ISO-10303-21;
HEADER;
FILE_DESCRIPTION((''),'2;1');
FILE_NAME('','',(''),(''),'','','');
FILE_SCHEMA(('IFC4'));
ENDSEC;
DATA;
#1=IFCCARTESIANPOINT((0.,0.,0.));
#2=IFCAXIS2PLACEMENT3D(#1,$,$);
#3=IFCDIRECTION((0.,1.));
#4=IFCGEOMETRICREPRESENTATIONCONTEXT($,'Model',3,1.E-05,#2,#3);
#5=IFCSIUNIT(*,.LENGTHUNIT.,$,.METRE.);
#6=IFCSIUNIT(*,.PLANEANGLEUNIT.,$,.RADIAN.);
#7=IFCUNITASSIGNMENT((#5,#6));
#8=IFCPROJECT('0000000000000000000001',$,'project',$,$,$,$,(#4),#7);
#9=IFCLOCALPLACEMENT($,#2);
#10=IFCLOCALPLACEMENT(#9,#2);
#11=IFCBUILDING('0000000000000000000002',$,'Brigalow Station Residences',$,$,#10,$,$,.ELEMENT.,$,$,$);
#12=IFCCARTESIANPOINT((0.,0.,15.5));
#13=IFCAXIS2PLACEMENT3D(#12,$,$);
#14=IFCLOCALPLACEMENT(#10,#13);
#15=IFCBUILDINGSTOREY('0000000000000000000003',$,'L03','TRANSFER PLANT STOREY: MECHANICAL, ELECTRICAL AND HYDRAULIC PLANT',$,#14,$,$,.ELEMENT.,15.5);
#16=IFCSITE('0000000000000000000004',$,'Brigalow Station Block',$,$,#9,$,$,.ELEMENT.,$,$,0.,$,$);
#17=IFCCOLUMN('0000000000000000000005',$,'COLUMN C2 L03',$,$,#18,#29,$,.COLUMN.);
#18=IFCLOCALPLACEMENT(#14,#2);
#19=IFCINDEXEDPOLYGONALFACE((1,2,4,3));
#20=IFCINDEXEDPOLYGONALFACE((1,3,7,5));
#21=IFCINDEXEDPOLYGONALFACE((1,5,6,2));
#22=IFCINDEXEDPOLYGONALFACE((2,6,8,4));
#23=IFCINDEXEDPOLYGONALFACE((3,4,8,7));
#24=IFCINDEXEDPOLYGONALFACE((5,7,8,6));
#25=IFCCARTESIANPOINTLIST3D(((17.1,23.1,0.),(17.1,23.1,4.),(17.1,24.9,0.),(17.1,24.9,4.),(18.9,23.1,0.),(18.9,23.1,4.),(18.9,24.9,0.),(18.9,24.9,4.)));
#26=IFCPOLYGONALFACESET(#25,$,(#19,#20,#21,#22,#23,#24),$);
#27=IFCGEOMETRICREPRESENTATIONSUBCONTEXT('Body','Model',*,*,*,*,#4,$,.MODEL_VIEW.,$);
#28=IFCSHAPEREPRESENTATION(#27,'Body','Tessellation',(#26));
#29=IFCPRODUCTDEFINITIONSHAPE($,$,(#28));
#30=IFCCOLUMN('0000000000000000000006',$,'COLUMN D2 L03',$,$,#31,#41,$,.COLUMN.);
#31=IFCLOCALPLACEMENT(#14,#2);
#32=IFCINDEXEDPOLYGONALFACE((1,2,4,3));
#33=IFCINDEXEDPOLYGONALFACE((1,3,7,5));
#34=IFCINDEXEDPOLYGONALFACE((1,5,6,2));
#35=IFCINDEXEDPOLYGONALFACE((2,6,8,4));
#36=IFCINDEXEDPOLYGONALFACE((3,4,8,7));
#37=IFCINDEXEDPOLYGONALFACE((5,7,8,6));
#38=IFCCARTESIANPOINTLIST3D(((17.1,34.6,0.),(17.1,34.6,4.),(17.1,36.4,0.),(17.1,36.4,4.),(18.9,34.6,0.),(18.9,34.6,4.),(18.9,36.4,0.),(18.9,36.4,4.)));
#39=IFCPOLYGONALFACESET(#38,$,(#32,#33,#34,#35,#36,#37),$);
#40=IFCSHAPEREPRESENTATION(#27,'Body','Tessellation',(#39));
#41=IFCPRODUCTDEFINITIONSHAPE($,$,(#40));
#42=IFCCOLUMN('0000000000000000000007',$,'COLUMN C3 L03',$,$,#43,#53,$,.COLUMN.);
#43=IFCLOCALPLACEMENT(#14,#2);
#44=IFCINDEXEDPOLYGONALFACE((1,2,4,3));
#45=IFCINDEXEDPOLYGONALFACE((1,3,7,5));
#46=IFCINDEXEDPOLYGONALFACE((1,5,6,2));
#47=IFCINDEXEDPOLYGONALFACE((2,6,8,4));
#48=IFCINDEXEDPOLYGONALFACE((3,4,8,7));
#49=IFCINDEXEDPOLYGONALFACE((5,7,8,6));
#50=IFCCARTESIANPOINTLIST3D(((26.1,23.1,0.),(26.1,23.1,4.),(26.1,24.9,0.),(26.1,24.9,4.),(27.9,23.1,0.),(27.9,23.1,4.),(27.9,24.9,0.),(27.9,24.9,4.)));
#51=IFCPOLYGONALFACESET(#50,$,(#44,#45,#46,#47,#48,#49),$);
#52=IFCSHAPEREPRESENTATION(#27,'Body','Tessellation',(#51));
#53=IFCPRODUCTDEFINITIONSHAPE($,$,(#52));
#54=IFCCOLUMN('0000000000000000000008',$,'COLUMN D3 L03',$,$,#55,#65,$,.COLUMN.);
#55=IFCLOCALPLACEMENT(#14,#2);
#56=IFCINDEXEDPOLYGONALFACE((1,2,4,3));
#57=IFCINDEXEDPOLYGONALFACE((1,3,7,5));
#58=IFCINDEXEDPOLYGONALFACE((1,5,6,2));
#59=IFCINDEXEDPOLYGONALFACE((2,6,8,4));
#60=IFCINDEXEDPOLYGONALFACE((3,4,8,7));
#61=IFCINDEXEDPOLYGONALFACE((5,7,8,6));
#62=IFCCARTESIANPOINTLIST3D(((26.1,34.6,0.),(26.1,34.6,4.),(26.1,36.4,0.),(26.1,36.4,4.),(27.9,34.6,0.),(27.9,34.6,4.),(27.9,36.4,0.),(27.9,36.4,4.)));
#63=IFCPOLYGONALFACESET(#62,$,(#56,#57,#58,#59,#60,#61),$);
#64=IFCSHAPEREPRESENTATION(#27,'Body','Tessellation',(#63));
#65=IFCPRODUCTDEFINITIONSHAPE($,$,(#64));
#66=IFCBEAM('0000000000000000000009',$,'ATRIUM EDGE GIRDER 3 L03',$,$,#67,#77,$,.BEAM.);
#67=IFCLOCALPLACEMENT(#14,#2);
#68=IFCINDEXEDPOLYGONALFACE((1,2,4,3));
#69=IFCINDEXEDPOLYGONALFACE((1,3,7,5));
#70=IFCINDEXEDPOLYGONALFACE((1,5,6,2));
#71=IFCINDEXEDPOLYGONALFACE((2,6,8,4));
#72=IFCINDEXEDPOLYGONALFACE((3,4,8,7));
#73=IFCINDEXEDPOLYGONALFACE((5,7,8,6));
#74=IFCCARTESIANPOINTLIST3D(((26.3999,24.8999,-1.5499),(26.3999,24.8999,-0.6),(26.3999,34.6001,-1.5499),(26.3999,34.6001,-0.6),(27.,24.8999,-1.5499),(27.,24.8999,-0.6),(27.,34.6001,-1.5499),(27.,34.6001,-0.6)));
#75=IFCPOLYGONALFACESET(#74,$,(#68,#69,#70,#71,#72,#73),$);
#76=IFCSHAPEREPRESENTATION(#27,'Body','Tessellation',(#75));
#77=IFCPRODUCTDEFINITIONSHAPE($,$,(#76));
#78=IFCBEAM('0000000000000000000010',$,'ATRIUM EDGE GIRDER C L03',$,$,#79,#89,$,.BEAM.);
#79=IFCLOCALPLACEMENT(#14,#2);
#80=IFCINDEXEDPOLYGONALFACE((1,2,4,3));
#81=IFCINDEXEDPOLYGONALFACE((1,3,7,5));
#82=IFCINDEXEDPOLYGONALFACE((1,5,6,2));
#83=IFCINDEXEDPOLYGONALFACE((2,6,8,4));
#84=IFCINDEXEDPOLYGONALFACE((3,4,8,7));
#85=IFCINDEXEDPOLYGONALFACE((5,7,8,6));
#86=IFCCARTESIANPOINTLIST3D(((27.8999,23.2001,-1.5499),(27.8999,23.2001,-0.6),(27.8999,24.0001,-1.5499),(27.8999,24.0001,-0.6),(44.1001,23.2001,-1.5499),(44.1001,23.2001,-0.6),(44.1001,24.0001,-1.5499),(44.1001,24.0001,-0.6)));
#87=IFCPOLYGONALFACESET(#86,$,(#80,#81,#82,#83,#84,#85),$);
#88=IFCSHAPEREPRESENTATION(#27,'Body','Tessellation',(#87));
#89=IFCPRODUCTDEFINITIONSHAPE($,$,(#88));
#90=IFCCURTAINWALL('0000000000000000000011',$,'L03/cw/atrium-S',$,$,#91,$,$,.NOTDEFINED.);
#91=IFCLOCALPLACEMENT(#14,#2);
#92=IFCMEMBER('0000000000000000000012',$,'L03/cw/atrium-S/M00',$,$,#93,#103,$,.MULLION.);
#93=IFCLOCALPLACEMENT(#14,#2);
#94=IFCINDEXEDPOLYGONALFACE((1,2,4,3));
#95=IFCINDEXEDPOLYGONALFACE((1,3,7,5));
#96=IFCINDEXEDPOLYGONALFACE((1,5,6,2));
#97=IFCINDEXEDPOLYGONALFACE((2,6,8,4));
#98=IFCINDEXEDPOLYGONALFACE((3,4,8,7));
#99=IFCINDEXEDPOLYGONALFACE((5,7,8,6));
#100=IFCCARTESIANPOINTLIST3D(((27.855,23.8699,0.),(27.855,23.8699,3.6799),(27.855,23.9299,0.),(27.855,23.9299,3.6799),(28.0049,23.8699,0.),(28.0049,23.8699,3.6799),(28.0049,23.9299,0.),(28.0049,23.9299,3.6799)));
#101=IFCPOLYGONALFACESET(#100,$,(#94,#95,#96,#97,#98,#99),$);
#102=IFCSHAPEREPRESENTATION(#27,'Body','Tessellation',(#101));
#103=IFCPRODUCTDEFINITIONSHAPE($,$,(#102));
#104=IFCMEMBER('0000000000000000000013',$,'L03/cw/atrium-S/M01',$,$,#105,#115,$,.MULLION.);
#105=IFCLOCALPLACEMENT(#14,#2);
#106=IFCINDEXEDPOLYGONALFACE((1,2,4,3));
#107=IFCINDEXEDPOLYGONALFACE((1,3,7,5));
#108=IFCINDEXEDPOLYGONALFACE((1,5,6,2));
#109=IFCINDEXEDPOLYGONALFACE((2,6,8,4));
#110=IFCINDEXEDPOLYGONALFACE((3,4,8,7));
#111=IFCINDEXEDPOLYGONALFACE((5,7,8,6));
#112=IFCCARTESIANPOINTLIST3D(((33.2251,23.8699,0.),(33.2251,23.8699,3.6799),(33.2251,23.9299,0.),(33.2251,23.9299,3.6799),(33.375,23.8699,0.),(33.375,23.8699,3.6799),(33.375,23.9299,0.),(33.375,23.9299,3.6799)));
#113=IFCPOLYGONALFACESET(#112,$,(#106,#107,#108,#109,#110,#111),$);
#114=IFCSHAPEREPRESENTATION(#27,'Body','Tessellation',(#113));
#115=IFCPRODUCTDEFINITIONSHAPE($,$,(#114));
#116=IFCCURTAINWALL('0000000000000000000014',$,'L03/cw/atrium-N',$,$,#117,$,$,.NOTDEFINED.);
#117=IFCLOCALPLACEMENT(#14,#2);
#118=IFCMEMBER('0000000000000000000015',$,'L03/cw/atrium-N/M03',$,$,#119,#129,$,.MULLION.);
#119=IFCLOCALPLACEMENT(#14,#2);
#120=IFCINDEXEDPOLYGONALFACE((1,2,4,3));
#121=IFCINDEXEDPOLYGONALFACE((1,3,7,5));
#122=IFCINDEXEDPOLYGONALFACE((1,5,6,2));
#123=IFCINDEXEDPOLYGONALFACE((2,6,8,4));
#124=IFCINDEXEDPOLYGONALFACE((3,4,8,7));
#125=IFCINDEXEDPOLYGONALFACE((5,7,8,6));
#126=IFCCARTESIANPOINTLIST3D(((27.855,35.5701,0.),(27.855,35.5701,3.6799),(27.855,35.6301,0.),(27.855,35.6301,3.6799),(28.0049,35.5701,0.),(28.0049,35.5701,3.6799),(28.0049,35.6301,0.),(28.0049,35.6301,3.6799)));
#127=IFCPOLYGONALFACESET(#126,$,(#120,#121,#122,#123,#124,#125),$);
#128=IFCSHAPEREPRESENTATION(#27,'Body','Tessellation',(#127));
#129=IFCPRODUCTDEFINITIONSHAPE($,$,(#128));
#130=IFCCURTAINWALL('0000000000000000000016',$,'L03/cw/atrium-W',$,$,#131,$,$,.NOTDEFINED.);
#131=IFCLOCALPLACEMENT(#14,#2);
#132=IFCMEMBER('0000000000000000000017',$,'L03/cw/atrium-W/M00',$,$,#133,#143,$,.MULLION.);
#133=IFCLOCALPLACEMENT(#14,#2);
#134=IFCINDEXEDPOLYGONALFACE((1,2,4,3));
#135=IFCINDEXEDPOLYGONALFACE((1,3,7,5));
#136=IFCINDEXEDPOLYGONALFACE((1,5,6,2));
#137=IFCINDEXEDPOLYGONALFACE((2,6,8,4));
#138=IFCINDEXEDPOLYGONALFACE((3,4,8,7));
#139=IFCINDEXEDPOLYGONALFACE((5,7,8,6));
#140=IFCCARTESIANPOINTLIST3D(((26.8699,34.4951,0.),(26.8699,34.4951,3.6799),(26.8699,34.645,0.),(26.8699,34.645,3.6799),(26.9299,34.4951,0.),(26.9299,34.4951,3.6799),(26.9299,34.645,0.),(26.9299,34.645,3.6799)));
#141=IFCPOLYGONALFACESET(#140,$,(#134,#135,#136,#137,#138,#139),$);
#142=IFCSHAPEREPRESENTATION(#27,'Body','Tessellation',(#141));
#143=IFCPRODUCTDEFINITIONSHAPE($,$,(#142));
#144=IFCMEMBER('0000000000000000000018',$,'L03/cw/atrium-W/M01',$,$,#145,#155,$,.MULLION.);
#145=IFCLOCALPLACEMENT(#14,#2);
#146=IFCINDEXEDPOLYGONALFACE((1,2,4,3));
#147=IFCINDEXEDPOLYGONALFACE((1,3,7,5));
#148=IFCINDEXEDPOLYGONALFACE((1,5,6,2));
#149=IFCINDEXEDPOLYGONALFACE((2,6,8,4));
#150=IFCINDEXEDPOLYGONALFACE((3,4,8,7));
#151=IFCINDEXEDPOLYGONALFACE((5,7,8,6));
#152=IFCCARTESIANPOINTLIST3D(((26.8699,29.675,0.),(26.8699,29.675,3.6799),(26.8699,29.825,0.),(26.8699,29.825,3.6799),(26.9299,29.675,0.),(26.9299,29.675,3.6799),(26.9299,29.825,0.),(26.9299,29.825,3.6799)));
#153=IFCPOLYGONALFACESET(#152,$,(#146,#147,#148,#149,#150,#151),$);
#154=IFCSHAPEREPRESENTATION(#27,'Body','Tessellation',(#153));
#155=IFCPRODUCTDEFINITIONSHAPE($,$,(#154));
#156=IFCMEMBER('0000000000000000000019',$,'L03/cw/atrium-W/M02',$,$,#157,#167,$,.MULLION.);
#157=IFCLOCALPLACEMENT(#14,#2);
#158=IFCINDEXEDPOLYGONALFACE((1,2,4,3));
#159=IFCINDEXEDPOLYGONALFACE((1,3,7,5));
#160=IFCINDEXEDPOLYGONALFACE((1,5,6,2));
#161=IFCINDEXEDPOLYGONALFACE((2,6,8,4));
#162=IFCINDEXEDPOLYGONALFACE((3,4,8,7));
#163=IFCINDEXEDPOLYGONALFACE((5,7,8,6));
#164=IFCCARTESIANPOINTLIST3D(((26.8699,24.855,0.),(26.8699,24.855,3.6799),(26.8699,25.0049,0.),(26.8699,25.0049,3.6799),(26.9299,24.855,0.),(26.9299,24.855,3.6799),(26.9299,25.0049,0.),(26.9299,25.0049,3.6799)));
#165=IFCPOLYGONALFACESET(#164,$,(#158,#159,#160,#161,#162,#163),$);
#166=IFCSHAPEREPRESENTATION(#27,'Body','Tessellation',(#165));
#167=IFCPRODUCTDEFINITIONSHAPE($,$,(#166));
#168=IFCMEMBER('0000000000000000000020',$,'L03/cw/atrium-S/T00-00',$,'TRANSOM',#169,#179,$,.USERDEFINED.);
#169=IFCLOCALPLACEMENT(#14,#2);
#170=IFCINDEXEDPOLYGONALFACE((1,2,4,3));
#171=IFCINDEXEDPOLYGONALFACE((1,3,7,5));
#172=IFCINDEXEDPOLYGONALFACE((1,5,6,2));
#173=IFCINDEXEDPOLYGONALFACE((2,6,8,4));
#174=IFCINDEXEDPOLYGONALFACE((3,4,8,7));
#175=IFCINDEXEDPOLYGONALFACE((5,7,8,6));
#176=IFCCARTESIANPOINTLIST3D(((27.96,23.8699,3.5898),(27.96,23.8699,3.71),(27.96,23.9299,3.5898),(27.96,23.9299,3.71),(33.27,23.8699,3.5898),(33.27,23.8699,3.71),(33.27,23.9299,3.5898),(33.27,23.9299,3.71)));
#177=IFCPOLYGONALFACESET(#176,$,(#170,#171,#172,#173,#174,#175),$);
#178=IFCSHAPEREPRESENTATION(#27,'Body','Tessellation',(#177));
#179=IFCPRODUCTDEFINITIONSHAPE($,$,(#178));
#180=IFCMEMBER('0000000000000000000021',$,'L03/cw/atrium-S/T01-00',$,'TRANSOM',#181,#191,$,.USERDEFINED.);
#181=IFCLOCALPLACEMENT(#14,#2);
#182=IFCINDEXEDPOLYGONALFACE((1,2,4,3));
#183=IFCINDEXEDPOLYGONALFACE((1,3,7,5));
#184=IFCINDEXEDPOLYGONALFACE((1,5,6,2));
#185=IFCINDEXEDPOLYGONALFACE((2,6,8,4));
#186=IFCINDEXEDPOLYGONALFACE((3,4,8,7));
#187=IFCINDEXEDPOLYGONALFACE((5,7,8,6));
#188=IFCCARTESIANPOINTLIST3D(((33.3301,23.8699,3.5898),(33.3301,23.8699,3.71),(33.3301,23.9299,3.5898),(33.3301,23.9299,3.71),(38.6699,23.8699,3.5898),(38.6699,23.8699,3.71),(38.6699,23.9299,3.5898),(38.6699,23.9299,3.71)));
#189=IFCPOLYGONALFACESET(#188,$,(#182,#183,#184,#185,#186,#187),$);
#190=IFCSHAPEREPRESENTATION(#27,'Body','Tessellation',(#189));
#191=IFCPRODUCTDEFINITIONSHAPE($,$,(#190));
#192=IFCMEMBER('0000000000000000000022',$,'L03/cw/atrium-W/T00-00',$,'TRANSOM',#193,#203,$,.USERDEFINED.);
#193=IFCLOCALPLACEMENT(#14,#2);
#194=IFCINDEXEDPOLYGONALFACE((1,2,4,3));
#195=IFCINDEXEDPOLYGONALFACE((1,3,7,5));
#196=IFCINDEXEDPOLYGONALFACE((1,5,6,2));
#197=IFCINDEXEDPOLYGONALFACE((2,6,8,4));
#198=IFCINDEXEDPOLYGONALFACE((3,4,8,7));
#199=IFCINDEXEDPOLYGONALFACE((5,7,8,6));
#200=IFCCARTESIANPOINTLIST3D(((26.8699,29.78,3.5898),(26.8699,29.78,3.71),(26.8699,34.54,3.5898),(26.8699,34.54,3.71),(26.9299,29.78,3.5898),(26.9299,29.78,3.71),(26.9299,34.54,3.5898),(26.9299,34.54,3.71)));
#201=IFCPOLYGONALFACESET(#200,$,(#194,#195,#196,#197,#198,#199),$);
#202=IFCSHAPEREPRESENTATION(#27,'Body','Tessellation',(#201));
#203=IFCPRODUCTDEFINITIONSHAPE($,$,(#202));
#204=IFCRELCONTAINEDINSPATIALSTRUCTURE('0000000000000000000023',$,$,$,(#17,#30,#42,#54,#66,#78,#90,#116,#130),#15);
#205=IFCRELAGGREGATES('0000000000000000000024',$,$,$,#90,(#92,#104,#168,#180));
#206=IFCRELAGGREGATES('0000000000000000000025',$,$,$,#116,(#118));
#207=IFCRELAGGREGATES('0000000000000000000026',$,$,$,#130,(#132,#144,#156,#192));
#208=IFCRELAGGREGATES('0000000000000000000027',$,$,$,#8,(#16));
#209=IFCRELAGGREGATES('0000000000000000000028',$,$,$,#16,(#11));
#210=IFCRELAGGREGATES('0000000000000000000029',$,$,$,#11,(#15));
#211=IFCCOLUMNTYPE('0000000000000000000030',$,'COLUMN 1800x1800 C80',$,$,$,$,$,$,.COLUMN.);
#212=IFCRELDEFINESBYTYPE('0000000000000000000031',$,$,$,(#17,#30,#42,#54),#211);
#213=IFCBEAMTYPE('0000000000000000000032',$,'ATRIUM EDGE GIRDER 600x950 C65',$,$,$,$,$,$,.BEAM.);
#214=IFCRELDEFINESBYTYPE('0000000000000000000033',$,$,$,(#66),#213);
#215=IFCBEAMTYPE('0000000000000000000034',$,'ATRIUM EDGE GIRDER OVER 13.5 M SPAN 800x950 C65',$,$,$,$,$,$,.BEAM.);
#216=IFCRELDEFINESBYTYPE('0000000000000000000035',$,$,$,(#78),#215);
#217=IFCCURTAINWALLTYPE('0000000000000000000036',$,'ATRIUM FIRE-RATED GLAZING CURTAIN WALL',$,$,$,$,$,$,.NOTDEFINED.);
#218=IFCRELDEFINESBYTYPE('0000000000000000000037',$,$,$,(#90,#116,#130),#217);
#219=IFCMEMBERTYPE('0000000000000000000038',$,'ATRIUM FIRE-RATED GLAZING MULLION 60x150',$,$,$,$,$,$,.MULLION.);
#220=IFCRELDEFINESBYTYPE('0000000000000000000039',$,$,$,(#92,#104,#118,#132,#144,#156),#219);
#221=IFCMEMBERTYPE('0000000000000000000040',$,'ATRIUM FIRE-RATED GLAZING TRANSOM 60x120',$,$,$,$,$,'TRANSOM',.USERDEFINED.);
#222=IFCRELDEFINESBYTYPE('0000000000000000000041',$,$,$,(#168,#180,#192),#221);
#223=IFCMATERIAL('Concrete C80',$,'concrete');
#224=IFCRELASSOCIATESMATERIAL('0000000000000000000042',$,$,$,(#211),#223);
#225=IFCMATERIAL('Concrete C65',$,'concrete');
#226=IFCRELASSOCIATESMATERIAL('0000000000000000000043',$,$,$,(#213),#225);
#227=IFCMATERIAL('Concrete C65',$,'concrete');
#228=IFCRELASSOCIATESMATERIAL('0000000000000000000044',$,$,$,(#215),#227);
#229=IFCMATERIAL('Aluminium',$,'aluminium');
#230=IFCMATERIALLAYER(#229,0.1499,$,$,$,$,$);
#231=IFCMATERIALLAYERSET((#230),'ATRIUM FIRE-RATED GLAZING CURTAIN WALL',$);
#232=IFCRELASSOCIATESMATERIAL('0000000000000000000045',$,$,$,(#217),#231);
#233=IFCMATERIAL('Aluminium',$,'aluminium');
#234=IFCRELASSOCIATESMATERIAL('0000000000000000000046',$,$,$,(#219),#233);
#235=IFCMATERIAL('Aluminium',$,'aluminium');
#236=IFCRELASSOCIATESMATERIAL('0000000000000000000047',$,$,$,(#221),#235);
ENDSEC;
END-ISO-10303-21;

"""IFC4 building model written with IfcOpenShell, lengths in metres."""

from ifc_helpers import new_model, si_unit, direction, frame, origin, origin_2d, place, context, subcontext, project, spatial, rectangle, extrude, material, layer, layer_set, material_profile, profile_set, type_object, element, aggregate, save


model = new_model("IFC4")

# Units and contexts
model_context = context("Model", 3, precision=1e-05, world=origin(), true_north=direction((0.0, 1.0)))
body_context = subcontext(model_context, "Body", "Model", "MODEL_VIEW")
ifc_project = project(units=[si_unit("LENGTHUNIT", "METRE"), si_unit("PLANEANGLEUNIT", "RADIAN")], contexts=[model_context])

# Site, building, storey
site_placement = place(None, origin())
site = spatial("IfcSite", under=ifc_project, at=site_placement, Name="Brigalow Station Block", CompositionType="ELEMENT", RefElevation=0.0)
building_placement = place(site_placement, origin())
building = spatial("IfcBuilding", under=site, at=building_placement, Name="Brigalow Station Residences", CompositionType="ELEMENT")
storey_placement = place(building_placement, frame((0.0, 0.0, 15.5)))
storey = spatial("IfcBuildingStorey", under=building, at=storey_placement, Name="L03", Description="TRANSFER PLANT STOREY: MECHANICAL, ELECTRICAL AND HYDRAULIC PLANT", CompositionType="ELEMENT", Elevation=15.5)

# Columns
ifc_material_1 = material(Name="Concrete C80", Category="concrete")
ifc_material_profile_1 = material_profile(ifc_material_1, rectangle(XDim=1.8, YDim=1.8, at=origin_2d()), Name="RC1800x1800")
ifc_profile_set_1 = profile_set([ifc_material_profile_1], Name="Concrete C80")
column_type = type_object("IfcColumnType", Name="COLUMN 1800x1800 C80", PredefinedType="COLUMN", material=ifc_profile_set_1)
for number, where, z_axis, x_axis, name in (
    (1, (18.0, 24.0, 0.0), (0.0, 0.0, 1.0), (1.0, 0.0, 0.0), "COLUMN C2 L03"),
    (2, (18.0, 35.5, 0.0), (0.0, 0.0, 1.0), (1.0, 0.0, 0.0), "COLUMN D2 L03"),
    (3, (27.0, 24.0, 0.0), (0.0, 0.0, 1.0), (1.0, 0.0, 0.0), "COLUMN C3 L03"),
    (4, (27.0, 35.5, 0.0), (0.0, 0.0, 1.0), (1.0, 0.0, 0.0), "COLUMN D3 L03"),
):
    element("IfcColumn", number, at=place(storey_placement, frame(where, z_axis=z_axis, x_axis=x_axis)), inside=storey, type_object=column_type, Name=name, PredefinedType="COLUMN", context=body_context, shape_type="SweptSolid", body=[
        extrude(rectangle(XDim=1.8, YDim=1.8, at=origin_2d()), origin(), (0.0, 0.0, 1.0), 4.0),
    ])

# Beams
ifc_material_2 = material(Name="Concrete C65", Category="concrete")
ifc_material_profile_2 = material_profile(ifc_material_2, rectangle(XDim=0.6001, YDim=0.95, at=origin_2d()), Name="RC600x950")
ifc_profile_set_2 = profile_set([ifc_material_profile_2], Name="Concrete C65")
beam_type_1 = type_object("IfcBeamType", Name="ATRIUM EDGE GIRDER 600x950 C65", PredefinedType="BEAM", material=ifc_profile_set_2)
beam_1_placement = place(storey_placement, frame((26.7, 24.8999, -1.075), z_axis=(0.0, 1.0, 0.0), x_axis=(-1.0, 0.0, 0.0)))
element("IfcBeam", 5, at=beam_1_placement, inside=storey, type_object=beam_type_1, Name="ATRIUM EDGE GIRDER 3 L03", PredefinedType="BEAM", context=body_context, shape_type="SweptSolid", body=[
    extrude(rectangle(XDim=0.6001, YDim=0.95, at=origin_2d()), origin(), (0.0, 0.0, 1.0), 9.7002),
])
ifc_material_3 = material(Name="Concrete C65", Category="concrete")
ifc_material_profile_3 = material_profile(ifc_material_3, rectangle(XDim=0.8, YDim=0.95, at=origin_2d()), Name="RC800x950")
ifc_profile_set_3 = profile_set([ifc_material_profile_3], Name="Concrete C65")
beam_type_2 = type_object("IfcBeamType", Name="ATRIUM EDGE GIRDER OVER 13.5 M SPAN 800x950 C65", PredefinedType="BEAM", material=ifc_profile_set_3)
beam_2_placement = place(storey_placement, frame((27.8999, 23.6001, -1.075), z_axis=(1.0, 0.0, 0.0), x_axis=(0.0, 1.0, 0.0)))
element("IfcBeam", 6, at=beam_2_placement, inside=storey, type_object=beam_type_2, Name="ATRIUM EDGE GIRDER C L03", PredefinedType="BEAM", context=body_context, shape_type="SweptSolid", body=[
    extrude(rectangle(XDim=0.8, YDim=0.95, at=origin_2d()), origin(), (0.0, 0.0, 1.0), 16.2002),
])

# Curtain wall, members
ifc_material_4 = material(Name="Aluminium", Category="aluminium")
ifc_layer_1 = layer(ifc_material_4, 0.1499)
ifc_layer_set_1 = layer_set([ifc_layer_1], Name="ATRIUM FIRE-RATED GLAZING CURTAIN WALL")
curtain_wall_type = type_object("IfcCurtainWallType", Name="ATRIUM FIRE-RATED GLAZING CURTAIN WALL", PredefinedType="NOTDEFINED", material=ifc_layer_set_1)
curtain_wall_1_placement = place(storey_placement, origin())
curtain_wall_1 = element("IfcCurtainWall", 7, at=curtain_wall_1_placement, inside=storey, type_object=curtain_wall_type, Name="L03/cw/atrium-S", PredefinedType="NOTDEFINED")
ifc_material_5 = material(Name="Aluminium", Category="aluminium")
ifc_material_profile_4 = material_profile(ifc_material_5, rectangle(XDim=0.0601, YDim=0.1499, at=origin_2d()), Name="ATRIUM FIRE-RATED GLAZING MULLION 60x150")
ifc_profile_set_4 = profile_set([ifc_material_profile_4], Name="Aluminium")
member_type_1 = type_object("IfcMemberType", Name="ATRIUM FIRE-RATED GLAZING MULLION 60x150", PredefinedType="MULLION", material=ifc_profile_set_4)
member_1_placement = place(storey_placement, frame((27.9299, 23.8999, 0.0), z_axis=(0.0, 0.0, 1.0), x_axis=(0.0, 1.0, 0.0)))
member_1 = element("IfcMember", 8, at=member_1_placement, type_object=member_type_1, Name="L03/cw/atrium-S/M00", PredefinedType="MULLION", context=body_context, shape_type="SweptSolid", body=[
    extrude(rectangle(XDim=0.0601, YDim=0.1499, at=origin_2d()), origin(), (0.0, 0.0, 1.0), 3.6799),
])
member_2_placement = place(storey_placement, frame((33.3, 23.8999, 0.0), z_axis=(0.0, 0.0, 1.0), x_axis=(0.0, 1.0, 0.0)))
member_2 = element("IfcMember", 9, at=member_2_placement, type_object=member_type_1, Name="L03/cw/atrium-S/M01", PredefinedType="MULLION", context=body_context, shape_type="SweptSolid", body=[
    extrude(rectangle(XDim=0.0601, YDim=0.1499, at=origin_2d()), origin(), (0.0, 0.0, 1.0), 3.6799),
])

# Curtain wall, member
curtain_wall_2_placement = place(storey_placement, origin())
curtain_wall_2 = element("IfcCurtainWall", 10, at=curtain_wall_2_placement, inside=storey, type_object=curtain_wall_type, Name="L03/cw/atrium-N", PredefinedType="NOTDEFINED")
member_3_placement = place(storey_placement, frame((27.9299, 35.6001, 0.0), z_axis=(0.0, 0.0, 1.0), x_axis=(0.0, -1.0, 0.0)))
member_3 = element("IfcMember", 11, at=member_3_placement, type_object=member_type_1, Name="L03/cw/atrium-N/M03", PredefinedType="MULLION", context=body_context, shape_type="SweptSolid", body=[
    extrude(rectangle(XDim=0.0601, YDim=0.1499, at=origin_2d()), origin(), (0.0, 0.0, 1.0), 3.6799),
])

# Curtain wall, members
curtain_wall_3_placement = place(storey_placement, origin())
curtain_wall_3 = element("IfcCurtainWall", 12, at=curtain_wall_3_placement, inside=storey, type_object=curtain_wall_type, Name="L03/cw/atrium-W", PredefinedType="NOTDEFINED")
member_4_placement = place(storey_placement, frame((26.8999, 34.5701, 0.0), z_axis=(0.0, 0.0, 1.0), x_axis=(1.0, 0.0, 0.0)))
member_4 = element("IfcMember", 13, at=member_4_placement, type_object=member_type_1, Name="L03/cw/atrium-W/M00", PredefinedType="MULLION", context=body_context, shape_type="SweptSolid", body=[
    extrude(rectangle(XDim=0.0601, YDim=0.1499, at=origin_2d()), origin(), (0.0, 0.0, 1.0), 3.6799),
])
member_5_placement = place(storey_placement, frame((26.8999, 29.75, 0.0), z_axis=(0.0, 0.0, 1.0), x_axis=(1.0, 0.0, 0.0)))
member_5 = element("IfcMember", 14, at=member_5_placement, type_object=member_type_1, Name="L03/cw/atrium-W/M01", PredefinedType="MULLION", context=body_context, shape_type="SweptSolid", body=[
    extrude(rectangle(XDim=0.0601, YDim=0.1499, at=origin_2d()), origin(), (0.0, 0.0, 1.0), 3.6799),
])
member_6_placement = place(storey_placement, frame((26.8999, 24.9299, 0.0), z_axis=(0.0, 0.0, 1.0), x_axis=(1.0, 0.0, 0.0)))
member_6 = element("IfcMember", 15, at=member_6_placement, type_object=member_type_1, Name="L03/cw/atrium-W/M02", PredefinedType="MULLION", context=body_context, shape_type="SweptSolid", body=[
    extrude(rectangle(XDim=0.0601, YDim=0.1499, at=origin_2d()), origin(), (0.0, 0.0, 1.0), 3.6799),
])

# Members
ifc_material_6 = material(Name="Aluminium", Category="aluminium")
ifc_material_profile_5 = material_profile(ifc_material_6, rectangle(XDim=0.0601, YDim=0.1201, at=origin_2d()), Name="ATRIUM FIRE-RATED GLAZING TRANSOM 60x120")
ifc_profile_set_5 = profile_set([ifc_material_profile_5], Name="Aluminium")
member_type_2 = type_object("IfcMemberType", Name="ATRIUM FIRE-RATED GLAZING TRANSOM 60x120", ElementType="TRANSOM", PredefinedType="USERDEFINED", material=ifc_profile_set_5)
member_7_placement = place(storey_placement, frame((27.96, 23.8999, 3.6499), z_axis=(1.0, 0.0, 0.0), x_axis=(0.0, 1.0, 0.0)))
member_7 = element("IfcMember", 16, at=member_7_placement, type_object=member_type_2, Name="L03/cw/atrium-S/T00-00", ObjectType="TRANSOM", PredefinedType="USERDEFINED", context=body_context, shape_type="SweptSolid", body=[
    extrude(rectangle(XDim=0.0601, YDim=0.1201, at=origin_2d()), origin(), (0.0, 0.0, 1.0), 5.3101),
])
member_8_placement = place(storey_placement, frame((33.3301, 23.8999, 3.6499), z_axis=(1.0, 0.0, 0.0), x_axis=(0.0, 1.0, 0.0)))
member_8 = element("IfcMember", 17, at=member_8_placement, type_object=member_type_2, Name="L03/cw/atrium-S/T01-00", ObjectType="TRANSOM", PredefinedType="USERDEFINED", context=body_context, shape_type="SweptSolid", body=[
    extrude(rectangle(XDim=0.0601, YDim=0.1201, at=origin_2d()), origin(), (0.0, 0.0, 1.0), 5.3398),
])
member_9_placement = place(storey_placement, frame((26.8999, 34.54, 3.6499), z_axis=(0.0, -1.0, 0.0), x_axis=(1.0, 0.0, 0.0)))
member_9 = element("IfcMember", 18, at=member_9_placement, type_object=member_type_2, Name="L03/cw/atrium-W/T00-00", ObjectType="TRANSOM", PredefinedType="USERDEFINED", context=body_context, shape_type="SweptSolid", body=[
    extrude(rectangle(XDim=0.0601, YDim=0.1201, at=origin_2d()), origin(), (0.0, 0.0, 1.0), 4.76),
])

aggregate(curtain_wall_1, [member_1, member_2, member_7, member_8])
aggregate(curtain_wall_2, [member_3])
aggregate(curtain_wall_3, [member_4, member_5, member_6, member_9])

save(model, "model.ifc")
